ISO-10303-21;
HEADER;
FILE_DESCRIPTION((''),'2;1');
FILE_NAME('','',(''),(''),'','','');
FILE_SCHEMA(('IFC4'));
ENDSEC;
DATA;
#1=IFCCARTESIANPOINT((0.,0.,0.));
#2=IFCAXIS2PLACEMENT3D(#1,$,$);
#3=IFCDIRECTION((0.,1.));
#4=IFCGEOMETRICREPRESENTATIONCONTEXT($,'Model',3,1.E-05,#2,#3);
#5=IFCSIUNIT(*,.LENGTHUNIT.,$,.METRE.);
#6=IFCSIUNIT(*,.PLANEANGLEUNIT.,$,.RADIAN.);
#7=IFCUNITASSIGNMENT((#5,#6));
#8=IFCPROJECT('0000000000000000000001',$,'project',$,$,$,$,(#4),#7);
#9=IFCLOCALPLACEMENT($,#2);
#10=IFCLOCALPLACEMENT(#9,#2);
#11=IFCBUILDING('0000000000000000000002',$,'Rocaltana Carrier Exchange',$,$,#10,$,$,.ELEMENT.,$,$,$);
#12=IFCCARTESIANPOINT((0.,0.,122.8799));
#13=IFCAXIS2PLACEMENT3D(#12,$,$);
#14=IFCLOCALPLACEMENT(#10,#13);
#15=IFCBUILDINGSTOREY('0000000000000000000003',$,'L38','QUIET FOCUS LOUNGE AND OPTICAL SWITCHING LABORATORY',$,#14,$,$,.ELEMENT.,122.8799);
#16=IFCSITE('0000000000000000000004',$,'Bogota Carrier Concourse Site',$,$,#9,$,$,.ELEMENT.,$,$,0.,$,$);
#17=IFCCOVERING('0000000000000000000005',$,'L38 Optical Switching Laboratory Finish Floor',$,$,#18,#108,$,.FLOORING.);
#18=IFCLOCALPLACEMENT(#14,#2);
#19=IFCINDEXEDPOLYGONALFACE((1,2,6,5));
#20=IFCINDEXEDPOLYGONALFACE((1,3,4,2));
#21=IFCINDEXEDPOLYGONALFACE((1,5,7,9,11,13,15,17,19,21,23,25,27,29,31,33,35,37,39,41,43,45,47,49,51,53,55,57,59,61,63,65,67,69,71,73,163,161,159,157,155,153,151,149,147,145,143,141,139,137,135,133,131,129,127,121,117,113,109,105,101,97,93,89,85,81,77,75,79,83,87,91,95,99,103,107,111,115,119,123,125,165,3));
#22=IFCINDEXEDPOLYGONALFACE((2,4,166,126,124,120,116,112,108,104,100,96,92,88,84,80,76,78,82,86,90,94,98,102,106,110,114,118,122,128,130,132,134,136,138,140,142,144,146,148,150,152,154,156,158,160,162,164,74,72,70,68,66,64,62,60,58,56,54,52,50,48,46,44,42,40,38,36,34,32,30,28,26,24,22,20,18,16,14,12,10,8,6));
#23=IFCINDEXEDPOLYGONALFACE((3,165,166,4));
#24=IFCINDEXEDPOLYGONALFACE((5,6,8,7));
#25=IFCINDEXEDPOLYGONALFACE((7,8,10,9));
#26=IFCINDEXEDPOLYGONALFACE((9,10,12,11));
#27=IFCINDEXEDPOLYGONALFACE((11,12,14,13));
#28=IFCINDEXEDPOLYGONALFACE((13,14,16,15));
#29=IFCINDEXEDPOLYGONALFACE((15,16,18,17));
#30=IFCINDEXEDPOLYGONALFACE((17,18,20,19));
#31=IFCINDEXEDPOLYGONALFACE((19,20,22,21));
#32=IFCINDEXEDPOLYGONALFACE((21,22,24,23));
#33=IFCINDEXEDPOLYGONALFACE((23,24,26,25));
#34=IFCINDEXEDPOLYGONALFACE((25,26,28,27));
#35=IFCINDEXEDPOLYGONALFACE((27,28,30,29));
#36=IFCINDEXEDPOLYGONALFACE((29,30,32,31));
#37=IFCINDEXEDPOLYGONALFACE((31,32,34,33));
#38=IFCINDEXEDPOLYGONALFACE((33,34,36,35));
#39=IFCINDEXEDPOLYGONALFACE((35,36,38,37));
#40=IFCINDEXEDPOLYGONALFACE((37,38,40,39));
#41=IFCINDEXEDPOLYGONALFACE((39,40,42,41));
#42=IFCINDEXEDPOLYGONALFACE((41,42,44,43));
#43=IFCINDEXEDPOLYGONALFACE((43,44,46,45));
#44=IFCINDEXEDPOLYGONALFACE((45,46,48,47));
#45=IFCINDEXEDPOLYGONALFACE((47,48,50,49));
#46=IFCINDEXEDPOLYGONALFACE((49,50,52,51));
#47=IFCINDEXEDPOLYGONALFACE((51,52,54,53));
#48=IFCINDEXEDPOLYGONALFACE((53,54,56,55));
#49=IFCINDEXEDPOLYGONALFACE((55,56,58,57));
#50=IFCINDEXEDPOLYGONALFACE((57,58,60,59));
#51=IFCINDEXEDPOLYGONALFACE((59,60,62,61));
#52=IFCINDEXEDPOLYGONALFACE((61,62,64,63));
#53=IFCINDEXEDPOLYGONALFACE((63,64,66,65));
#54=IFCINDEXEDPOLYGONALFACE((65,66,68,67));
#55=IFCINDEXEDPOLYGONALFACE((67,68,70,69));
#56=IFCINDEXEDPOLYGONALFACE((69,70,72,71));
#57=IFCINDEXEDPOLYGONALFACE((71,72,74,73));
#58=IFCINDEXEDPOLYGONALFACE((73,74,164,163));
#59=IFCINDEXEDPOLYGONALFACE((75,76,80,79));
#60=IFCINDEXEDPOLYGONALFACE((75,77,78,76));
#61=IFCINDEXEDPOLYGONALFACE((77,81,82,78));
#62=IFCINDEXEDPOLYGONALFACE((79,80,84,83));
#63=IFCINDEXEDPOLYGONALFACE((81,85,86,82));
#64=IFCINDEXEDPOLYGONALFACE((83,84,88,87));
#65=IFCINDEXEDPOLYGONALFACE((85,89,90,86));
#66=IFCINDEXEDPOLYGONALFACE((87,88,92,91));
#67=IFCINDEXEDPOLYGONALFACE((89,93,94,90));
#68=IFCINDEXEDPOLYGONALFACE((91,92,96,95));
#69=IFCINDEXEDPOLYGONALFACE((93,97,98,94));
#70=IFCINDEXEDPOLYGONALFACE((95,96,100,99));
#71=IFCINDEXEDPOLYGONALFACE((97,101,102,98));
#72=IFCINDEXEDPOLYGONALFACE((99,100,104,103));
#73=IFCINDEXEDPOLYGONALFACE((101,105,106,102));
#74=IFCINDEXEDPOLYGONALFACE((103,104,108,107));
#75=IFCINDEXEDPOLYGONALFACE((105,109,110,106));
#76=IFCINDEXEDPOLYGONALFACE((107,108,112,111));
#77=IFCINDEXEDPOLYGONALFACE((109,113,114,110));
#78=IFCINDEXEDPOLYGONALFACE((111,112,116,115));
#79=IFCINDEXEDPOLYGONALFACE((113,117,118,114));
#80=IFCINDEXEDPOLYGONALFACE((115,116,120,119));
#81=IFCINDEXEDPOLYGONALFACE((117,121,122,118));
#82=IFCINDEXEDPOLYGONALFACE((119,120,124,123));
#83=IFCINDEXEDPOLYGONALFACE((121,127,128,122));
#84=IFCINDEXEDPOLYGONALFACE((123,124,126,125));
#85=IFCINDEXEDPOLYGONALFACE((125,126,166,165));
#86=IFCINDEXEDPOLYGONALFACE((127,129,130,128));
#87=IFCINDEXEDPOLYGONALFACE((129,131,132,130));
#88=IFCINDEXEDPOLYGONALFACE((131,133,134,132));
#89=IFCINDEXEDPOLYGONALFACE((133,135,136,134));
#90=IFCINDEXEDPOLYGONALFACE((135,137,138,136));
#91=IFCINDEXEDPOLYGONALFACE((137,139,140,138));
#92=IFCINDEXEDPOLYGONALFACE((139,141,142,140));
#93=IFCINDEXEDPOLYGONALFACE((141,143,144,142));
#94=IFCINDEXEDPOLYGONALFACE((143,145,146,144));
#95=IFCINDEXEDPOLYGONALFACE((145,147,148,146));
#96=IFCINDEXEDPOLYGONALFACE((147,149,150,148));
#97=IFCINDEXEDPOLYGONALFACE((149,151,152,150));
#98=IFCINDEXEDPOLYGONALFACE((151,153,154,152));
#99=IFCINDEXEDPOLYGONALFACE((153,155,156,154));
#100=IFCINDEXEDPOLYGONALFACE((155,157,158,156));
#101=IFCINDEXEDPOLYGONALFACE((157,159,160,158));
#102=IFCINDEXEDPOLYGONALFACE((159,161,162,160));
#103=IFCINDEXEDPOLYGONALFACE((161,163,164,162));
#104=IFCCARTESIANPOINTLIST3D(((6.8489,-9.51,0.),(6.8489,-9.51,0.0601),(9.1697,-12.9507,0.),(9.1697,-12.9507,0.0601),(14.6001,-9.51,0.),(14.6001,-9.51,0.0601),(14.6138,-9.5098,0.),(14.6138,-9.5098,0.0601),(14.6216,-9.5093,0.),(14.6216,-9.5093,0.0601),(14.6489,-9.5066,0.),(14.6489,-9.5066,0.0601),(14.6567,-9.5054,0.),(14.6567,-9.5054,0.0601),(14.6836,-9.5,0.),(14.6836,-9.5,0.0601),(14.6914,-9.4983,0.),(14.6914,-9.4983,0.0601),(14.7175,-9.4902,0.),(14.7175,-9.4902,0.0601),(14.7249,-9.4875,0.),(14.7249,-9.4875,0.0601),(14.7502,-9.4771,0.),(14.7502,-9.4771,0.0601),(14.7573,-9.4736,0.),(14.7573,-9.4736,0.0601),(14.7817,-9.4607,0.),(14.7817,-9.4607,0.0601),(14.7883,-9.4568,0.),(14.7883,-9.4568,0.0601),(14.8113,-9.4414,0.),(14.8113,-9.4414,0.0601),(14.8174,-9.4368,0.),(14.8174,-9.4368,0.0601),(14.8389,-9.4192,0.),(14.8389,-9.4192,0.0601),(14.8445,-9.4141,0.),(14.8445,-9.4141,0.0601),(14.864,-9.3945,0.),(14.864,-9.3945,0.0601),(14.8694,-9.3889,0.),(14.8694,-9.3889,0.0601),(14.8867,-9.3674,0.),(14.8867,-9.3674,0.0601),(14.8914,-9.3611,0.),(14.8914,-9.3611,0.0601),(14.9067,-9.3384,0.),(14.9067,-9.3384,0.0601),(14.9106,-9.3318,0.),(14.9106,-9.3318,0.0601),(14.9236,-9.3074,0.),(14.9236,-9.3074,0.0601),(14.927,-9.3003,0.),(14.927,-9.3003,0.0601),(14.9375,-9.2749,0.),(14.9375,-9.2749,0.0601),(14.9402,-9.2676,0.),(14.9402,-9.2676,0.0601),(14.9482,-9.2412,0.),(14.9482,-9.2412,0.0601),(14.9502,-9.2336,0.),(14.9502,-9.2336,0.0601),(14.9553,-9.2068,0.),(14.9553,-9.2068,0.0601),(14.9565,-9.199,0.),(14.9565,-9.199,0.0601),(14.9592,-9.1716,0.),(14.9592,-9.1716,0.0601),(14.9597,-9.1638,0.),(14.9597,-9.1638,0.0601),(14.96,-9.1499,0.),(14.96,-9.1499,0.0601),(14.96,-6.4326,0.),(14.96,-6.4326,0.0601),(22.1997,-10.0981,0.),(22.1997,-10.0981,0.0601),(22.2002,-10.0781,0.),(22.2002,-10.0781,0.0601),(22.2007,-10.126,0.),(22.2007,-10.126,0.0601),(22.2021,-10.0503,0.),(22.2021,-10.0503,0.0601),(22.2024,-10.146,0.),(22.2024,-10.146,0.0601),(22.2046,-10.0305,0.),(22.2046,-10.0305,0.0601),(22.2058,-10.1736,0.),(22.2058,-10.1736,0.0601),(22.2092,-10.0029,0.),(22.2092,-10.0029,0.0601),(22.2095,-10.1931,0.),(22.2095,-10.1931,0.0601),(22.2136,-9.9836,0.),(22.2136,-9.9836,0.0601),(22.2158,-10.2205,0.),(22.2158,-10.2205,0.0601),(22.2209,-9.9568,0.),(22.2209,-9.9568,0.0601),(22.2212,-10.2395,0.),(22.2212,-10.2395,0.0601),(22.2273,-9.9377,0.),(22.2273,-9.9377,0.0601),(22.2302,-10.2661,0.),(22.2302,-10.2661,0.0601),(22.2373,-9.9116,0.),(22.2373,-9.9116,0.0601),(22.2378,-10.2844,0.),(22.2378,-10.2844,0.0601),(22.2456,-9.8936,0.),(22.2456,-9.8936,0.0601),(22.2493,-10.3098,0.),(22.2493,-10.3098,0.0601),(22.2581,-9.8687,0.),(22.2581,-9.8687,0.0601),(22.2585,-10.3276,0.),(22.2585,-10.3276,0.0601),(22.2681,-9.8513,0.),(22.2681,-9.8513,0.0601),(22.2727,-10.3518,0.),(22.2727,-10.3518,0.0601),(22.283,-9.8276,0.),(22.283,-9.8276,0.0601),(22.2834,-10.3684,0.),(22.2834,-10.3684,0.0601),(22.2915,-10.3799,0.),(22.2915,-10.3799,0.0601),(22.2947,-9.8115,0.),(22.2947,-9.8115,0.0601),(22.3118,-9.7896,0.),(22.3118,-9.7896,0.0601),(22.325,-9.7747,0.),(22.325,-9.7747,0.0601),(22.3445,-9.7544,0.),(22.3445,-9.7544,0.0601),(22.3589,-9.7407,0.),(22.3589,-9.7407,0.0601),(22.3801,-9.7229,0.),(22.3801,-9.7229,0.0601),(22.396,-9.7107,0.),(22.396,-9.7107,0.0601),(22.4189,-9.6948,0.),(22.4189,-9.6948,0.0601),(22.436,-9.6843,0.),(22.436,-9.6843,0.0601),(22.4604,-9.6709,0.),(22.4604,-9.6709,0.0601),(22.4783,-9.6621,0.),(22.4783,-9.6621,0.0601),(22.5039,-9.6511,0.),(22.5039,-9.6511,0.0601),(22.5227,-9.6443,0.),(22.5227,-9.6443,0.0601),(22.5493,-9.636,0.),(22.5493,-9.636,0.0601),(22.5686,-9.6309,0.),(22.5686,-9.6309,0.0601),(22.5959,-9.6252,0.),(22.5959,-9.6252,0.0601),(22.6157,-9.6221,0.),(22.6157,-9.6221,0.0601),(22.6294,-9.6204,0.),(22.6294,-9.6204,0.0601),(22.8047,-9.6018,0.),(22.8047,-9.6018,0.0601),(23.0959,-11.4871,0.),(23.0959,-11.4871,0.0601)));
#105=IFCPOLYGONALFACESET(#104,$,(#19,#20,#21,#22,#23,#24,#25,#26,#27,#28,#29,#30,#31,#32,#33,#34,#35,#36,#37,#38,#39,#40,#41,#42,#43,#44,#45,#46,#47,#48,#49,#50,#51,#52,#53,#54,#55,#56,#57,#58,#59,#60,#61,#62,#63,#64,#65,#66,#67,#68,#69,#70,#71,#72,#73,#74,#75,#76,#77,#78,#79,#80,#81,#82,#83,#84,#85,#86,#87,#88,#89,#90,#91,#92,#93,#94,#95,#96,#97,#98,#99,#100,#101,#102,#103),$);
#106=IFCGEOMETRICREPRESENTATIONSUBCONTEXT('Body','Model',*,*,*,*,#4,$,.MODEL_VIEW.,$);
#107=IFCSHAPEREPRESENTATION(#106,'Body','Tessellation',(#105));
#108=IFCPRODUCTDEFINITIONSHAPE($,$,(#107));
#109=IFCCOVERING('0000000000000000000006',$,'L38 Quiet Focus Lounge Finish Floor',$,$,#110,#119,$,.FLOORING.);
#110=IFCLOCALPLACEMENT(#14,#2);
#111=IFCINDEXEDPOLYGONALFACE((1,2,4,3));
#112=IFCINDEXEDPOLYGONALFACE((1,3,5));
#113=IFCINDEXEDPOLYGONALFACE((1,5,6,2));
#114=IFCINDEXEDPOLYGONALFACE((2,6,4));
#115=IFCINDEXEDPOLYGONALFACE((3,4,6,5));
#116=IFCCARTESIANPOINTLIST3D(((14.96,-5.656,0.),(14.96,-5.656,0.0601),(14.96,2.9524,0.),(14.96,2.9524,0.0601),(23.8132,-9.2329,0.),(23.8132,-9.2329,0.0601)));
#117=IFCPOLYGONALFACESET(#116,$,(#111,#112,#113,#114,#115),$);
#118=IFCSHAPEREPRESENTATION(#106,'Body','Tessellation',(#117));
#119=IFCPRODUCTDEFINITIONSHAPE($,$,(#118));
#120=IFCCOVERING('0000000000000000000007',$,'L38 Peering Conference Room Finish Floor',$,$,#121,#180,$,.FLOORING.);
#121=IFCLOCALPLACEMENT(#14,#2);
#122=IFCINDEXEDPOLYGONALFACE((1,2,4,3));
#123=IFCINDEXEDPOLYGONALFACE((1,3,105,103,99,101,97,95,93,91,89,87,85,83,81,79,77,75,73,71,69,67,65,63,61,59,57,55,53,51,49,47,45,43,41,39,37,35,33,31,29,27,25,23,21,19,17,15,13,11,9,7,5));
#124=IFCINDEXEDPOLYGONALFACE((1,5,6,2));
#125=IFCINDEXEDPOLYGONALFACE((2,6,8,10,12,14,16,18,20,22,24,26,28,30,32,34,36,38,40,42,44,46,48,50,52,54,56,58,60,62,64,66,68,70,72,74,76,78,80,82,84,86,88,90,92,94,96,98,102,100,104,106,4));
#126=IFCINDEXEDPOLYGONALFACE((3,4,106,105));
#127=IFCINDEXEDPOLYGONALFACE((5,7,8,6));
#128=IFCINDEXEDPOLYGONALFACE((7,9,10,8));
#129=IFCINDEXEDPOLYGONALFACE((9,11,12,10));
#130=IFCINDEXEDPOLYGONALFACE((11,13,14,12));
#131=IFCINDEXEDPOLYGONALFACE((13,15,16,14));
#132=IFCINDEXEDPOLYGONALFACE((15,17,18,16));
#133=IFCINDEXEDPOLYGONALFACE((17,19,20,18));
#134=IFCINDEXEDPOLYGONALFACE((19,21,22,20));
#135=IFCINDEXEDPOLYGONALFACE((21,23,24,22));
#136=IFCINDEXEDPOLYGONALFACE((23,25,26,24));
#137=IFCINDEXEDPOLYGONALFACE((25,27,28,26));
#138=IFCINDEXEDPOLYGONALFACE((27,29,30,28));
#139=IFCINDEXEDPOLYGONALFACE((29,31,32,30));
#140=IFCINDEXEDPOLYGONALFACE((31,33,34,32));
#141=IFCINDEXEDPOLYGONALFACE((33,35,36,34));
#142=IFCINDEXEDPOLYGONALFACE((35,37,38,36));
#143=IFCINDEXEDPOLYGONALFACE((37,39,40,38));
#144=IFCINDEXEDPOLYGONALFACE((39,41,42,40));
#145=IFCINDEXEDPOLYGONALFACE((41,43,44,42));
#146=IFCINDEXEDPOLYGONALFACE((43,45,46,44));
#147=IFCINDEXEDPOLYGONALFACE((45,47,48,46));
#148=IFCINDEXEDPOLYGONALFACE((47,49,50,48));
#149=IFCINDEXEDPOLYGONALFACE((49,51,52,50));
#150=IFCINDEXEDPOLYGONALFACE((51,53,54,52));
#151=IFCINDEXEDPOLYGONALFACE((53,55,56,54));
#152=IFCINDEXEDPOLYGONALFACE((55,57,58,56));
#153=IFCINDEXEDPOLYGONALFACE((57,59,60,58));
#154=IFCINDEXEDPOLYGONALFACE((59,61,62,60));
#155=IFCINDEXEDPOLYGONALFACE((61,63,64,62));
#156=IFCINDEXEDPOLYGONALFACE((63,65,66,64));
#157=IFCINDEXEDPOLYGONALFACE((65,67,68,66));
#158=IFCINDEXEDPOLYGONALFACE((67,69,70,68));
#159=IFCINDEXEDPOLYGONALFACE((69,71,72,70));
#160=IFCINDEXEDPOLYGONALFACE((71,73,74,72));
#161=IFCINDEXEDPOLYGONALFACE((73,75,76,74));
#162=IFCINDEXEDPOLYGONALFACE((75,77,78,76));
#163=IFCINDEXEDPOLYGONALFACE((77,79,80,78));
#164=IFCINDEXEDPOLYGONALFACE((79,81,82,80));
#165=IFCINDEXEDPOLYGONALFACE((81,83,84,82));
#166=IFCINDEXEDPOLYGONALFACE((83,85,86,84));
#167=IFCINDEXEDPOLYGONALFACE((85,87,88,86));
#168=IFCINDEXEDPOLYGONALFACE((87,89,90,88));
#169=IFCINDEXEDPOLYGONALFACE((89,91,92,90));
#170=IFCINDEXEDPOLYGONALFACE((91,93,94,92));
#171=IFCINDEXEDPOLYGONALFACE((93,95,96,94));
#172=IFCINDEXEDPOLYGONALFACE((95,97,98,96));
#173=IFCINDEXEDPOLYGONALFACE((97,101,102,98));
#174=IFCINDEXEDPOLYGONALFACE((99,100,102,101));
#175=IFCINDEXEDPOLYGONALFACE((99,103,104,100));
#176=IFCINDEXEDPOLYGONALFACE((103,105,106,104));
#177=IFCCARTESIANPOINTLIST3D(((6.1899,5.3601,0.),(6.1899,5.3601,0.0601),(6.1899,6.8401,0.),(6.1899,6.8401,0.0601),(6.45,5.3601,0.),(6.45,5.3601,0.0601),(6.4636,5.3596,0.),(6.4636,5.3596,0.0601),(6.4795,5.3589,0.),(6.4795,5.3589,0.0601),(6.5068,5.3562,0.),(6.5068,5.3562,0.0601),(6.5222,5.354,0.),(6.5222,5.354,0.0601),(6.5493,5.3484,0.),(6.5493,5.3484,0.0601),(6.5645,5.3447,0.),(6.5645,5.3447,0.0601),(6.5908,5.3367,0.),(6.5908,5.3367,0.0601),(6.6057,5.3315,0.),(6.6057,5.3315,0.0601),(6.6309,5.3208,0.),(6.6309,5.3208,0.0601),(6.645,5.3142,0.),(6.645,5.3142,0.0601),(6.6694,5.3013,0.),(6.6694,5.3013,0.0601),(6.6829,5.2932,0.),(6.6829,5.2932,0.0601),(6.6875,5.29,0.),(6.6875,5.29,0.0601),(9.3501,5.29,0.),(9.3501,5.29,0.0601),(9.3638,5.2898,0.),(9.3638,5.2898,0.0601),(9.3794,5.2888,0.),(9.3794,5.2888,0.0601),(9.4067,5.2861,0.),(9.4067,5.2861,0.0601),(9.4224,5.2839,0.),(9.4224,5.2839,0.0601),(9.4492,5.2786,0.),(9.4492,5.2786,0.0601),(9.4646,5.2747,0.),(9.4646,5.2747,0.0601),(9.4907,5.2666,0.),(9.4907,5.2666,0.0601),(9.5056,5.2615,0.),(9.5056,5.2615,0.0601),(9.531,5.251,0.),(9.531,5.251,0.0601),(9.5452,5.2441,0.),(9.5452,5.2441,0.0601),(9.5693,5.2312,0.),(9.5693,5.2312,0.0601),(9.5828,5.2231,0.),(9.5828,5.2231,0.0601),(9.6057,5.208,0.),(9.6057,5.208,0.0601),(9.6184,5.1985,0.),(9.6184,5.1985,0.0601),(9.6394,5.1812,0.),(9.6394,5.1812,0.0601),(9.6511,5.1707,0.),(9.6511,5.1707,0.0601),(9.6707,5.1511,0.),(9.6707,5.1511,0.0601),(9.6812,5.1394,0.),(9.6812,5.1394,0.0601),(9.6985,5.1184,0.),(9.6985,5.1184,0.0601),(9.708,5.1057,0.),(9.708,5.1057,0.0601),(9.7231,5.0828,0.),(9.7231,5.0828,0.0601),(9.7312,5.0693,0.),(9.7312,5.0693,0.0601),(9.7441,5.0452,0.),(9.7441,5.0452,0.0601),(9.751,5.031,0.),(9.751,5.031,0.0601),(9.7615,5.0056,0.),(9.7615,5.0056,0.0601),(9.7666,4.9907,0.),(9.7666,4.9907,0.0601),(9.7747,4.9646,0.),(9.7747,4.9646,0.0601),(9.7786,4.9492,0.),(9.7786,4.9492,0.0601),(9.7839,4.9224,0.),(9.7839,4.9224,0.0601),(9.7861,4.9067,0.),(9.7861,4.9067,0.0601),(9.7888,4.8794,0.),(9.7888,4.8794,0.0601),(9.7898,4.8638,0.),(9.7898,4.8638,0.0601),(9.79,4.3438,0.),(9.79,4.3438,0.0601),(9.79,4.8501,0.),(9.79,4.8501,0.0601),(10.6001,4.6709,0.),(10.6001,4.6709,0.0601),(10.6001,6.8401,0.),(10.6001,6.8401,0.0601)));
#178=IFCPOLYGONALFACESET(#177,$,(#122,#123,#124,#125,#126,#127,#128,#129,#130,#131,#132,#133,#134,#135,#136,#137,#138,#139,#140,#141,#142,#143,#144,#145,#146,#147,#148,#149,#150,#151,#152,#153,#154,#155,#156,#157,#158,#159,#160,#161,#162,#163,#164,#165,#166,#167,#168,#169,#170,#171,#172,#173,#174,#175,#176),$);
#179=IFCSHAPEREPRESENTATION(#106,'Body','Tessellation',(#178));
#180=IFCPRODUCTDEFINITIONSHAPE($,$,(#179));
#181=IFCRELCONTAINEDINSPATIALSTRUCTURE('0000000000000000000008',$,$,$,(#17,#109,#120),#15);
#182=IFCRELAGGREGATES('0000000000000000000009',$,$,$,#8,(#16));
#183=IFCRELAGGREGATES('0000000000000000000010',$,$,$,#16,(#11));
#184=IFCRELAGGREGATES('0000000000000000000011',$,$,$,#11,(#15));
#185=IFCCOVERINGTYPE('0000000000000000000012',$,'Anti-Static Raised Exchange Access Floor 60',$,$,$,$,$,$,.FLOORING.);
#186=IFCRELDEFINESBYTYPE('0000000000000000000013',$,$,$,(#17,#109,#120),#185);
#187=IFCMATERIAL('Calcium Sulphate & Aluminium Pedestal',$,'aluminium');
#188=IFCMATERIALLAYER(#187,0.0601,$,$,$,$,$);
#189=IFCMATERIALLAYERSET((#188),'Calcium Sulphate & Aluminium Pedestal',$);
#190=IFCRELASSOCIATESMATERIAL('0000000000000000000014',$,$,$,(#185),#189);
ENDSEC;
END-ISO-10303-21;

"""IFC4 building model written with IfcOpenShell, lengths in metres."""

from ifc_helpers import new_model, si_unit, direction, frame, origin, place, context, subcontext, project, spatial, polyline, outline, extrude, material, layer, layer_set, type_object, element, save


model = new_model("IFC4")

# Units and contexts
model_context = context("Model", 3, precision=1e-05, world=origin(), true_north=direction((0.0, 1.0)))
body_context = subcontext(model_context, "Body", "Model", "MODEL_VIEW")
ifc_project = project(units=[si_unit("LENGTHUNIT", "METRE"), si_unit("PLANEANGLEUNIT", "RADIAN")], contexts=[model_context])

# Site, building, storey
site_placement = place(None, origin())
site = spatial("IfcSite", under=ifc_project, at=site_placement, Name="Bogota Carrier Concourse Site", CompositionType="ELEMENT", RefElevation=0.0)
building_placement = place(site_placement, origin())
building = spatial("IfcBuilding", under=site, at=building_placement, Name="Rocaltana Carrier Exchange", CompositionType="ELEMENT")
storey_placement = place(building_placement, frame((0.0, 0.0, 122.8799)))
storey = spatial("IfcBuildingStorey", under=building, at=storey_placement, Name="L38", Description="QUIET FOCUS LOUNGE AND OPTICAL SWITCHING LABORATORY", CompositionType="ELEMENT", Elevation=122.8799)

# Coverings
ifc_material_1 = material(Name="Calcium Sulphate & Aluminium Pedestal", Category="aluminium")
ifc_layer_1 = layer(ifc_material_1, 0.0601)
ifc_layer_set_1 = layer_set([ifc_layer_1], Name="Calcium Sulphate & Aluminium Pedestal")
covering_type_1 = type_object("IfcCoveringType", Name="Anti-Static Raised Exchange Access Floor 60", PredefinedType="FLOORING", material=ifc_layer_set_1)
covering_1_placement = place(storey_placement, origin())
element("IfcCovering", 1, at=covering_1_placement, inside=storey, type_object=covering_type_1, Name="L38 Optical Switching Laboratory Finish Floor", PredefinedType="FLOORING", context=body_context, shape_type="SweptSolid", body=[
    extrude(outline(polyline([(22.6294, -9.6204), (22.6157, -9.6221), (22.5959, -9.6252), (22.5686, -9.6309), (22.5493, -9.636), (22.5227, -9.6443), (22.5039, -9.6511), (22.4783, -9.6621), (22.4604, -9.6709), (22.436, -9.6843), (22.4189, -9.6948), (22.396, -9.7107), (22.3801, -9.7229), (22.3589, -9.7407), (22.3445, -9.7544), (22.325, -9.7747), (22.3118, -9.7896), (22.2947, -9.8115), (22.283, -9.8276), (22.2681, -9.8513), (22.2581, -9.8687), (22.2456, -9.8936), (22.2373, -9.9116), (22.2273, -9.9377), (22.2209, -9.9568), (22.2136, -9.9836), (22.2092, -10.0029), (22.2046, -10.0305), (22.2021, -10.0503), (22.2002, -10.0781), (22.1997, -10.0981), (22.2007, -10.126), (22.2024, -10.146), (22.2058, -10.1736), (22.2095, -10.1931), (22.2158, -10.2205), (22.2212, -10.2395), (22.2302, -10.2661), (22.2378, -10.2844), (22.2493, -10.3098), (22.2585, -10.3276), (22.2727, -10.3518), (22.2834, -10.3684), (22.2915, -10.3799), (23.0959, -11.4871), (9.1697, -12.9507), (6.8489, -9.51), (14.6001, -9.51), (14.6138, -9.5098), (14.6216, -9.5093), (14.6489, -9.5066), (14.6567, -9.5054), (14.6836, -9.5), (14.6914, -9.4983), (14.7175, -9.4902), (14.7249, -9.4875), (14.7502, -9.4771), (14.7573, -9.4736), (14.7817, -9.4607), (14.7883, -9.4568), (14.8113, -9.4414), (14.8174, -9.4368), (14.8389, -9.4192), (14.8445, -9.4141), (14.864, -9.3945), (14.8694, -9.3889), (14.8867, -9.3674), (14.8914, -9.3611), (14.9067, -9.3384), (14.9106, -9.3318), (14.9236, -9.3074), (14.927, -9.3003), (14.9375, -9.2749), (14.9402, -9.2676), (14.9482, -9.2412), (14.9502, -9.2336), (14.9553, -9.2068), (14.9565, -9.199), (14.9592, -9.1716), (14.9597, -9.1638), (14.96, -9.1499), (14.96, -6.4326), (22.8047, -9.6018), (22.6294, -9.6204)])), origin(), (0.0, 0.0, 1.0), 0.0601),
])
covering_2_placement = place(storey_placement, origin())
element("IfcCovering", 2, at=covering_2_placement, inside=storey, type_object=covering_type_1, Name="L38 Quiet Focus Lounge Finish Floor", PredefinedType="FLOORING", context=body_context, shape_type="SweptSolid", body=[
    extrude(outline(polyline([(14.96, 2.9524), (23.8132, -9.2329), (14.96, -5.656), (14.96, 2.9524)])), origin(), (0.0, 0.0, 1.0), 0.0601),
])
covering_3_placement = place(storey_placement, origin())
element("IfcCovering", 3, at=covering_3_placement, inside=storey, type_object=covering_type_1, Name="L38 Peering Conference Room Finish Floor", PredefinedType="FLOORING", context=body_context, shape_type="SweptSolid", body=[
    extrude(outline(polyline([(6.1899, 6.8401), (10.6001, 6.8401), (10.6001, 4.6709), (9.79, 4.3438), (9.79, 4.8501), (9.7898, 4.8638), (9.7888, 4.8794), (9.7861, 4.9067), (9.7839, 4.9224), (9.7786, 4.9492), (9.7747, 4.9646), (9.7666, 4.9907), (9.7615, 5.0056), (9.751, 5.031), (9.7441, 5.0452), (9.7312, 5.0693), (9.7231, 5.0828), (9.708, 5.1057), (9.6985, 5.1184), (9.6812, 5.1394), (9.6707, 5.1511), (9.6511, 5.1707), (9.6394, 5.1812), (9.6184, 5.1985), (9.6057, 5.208), (9.5828, 5.2231), (9.5693, 5.2312), (9.5452, 5.2441), (9.531, 5.251), (9.5056, 5.2615), (9.4907, 5.2666), (9.4646, 5.2747), (9.4492, 5.2786), (9.4224, 5.2839), (9.4067, 5.2861), (9.3794, 5.2888), (9.3638, 5.2898), (9.3501, 5.29), (6.6875, 5.29), (6.6829, 5.2932), (6.6694, 5.3013), (6.645, 5.3142), (6.6309, 5.3208), (6.6057, 5.3315), (6.5908, 5.3367), (6.5645, 5.3447), (6.5493, 5.3484), (6.5222, 5.354), (6.5068, 5.3562), (6.4795, 5.3589), (6.4636, 5.3596), (6.45, 5.3601), (6.1899, 5.3601), (6.1899, 6.8401)])), origin(), (0.0, 0.0, 1.0), 0.0601),
])

save(model, "model.ifc")
